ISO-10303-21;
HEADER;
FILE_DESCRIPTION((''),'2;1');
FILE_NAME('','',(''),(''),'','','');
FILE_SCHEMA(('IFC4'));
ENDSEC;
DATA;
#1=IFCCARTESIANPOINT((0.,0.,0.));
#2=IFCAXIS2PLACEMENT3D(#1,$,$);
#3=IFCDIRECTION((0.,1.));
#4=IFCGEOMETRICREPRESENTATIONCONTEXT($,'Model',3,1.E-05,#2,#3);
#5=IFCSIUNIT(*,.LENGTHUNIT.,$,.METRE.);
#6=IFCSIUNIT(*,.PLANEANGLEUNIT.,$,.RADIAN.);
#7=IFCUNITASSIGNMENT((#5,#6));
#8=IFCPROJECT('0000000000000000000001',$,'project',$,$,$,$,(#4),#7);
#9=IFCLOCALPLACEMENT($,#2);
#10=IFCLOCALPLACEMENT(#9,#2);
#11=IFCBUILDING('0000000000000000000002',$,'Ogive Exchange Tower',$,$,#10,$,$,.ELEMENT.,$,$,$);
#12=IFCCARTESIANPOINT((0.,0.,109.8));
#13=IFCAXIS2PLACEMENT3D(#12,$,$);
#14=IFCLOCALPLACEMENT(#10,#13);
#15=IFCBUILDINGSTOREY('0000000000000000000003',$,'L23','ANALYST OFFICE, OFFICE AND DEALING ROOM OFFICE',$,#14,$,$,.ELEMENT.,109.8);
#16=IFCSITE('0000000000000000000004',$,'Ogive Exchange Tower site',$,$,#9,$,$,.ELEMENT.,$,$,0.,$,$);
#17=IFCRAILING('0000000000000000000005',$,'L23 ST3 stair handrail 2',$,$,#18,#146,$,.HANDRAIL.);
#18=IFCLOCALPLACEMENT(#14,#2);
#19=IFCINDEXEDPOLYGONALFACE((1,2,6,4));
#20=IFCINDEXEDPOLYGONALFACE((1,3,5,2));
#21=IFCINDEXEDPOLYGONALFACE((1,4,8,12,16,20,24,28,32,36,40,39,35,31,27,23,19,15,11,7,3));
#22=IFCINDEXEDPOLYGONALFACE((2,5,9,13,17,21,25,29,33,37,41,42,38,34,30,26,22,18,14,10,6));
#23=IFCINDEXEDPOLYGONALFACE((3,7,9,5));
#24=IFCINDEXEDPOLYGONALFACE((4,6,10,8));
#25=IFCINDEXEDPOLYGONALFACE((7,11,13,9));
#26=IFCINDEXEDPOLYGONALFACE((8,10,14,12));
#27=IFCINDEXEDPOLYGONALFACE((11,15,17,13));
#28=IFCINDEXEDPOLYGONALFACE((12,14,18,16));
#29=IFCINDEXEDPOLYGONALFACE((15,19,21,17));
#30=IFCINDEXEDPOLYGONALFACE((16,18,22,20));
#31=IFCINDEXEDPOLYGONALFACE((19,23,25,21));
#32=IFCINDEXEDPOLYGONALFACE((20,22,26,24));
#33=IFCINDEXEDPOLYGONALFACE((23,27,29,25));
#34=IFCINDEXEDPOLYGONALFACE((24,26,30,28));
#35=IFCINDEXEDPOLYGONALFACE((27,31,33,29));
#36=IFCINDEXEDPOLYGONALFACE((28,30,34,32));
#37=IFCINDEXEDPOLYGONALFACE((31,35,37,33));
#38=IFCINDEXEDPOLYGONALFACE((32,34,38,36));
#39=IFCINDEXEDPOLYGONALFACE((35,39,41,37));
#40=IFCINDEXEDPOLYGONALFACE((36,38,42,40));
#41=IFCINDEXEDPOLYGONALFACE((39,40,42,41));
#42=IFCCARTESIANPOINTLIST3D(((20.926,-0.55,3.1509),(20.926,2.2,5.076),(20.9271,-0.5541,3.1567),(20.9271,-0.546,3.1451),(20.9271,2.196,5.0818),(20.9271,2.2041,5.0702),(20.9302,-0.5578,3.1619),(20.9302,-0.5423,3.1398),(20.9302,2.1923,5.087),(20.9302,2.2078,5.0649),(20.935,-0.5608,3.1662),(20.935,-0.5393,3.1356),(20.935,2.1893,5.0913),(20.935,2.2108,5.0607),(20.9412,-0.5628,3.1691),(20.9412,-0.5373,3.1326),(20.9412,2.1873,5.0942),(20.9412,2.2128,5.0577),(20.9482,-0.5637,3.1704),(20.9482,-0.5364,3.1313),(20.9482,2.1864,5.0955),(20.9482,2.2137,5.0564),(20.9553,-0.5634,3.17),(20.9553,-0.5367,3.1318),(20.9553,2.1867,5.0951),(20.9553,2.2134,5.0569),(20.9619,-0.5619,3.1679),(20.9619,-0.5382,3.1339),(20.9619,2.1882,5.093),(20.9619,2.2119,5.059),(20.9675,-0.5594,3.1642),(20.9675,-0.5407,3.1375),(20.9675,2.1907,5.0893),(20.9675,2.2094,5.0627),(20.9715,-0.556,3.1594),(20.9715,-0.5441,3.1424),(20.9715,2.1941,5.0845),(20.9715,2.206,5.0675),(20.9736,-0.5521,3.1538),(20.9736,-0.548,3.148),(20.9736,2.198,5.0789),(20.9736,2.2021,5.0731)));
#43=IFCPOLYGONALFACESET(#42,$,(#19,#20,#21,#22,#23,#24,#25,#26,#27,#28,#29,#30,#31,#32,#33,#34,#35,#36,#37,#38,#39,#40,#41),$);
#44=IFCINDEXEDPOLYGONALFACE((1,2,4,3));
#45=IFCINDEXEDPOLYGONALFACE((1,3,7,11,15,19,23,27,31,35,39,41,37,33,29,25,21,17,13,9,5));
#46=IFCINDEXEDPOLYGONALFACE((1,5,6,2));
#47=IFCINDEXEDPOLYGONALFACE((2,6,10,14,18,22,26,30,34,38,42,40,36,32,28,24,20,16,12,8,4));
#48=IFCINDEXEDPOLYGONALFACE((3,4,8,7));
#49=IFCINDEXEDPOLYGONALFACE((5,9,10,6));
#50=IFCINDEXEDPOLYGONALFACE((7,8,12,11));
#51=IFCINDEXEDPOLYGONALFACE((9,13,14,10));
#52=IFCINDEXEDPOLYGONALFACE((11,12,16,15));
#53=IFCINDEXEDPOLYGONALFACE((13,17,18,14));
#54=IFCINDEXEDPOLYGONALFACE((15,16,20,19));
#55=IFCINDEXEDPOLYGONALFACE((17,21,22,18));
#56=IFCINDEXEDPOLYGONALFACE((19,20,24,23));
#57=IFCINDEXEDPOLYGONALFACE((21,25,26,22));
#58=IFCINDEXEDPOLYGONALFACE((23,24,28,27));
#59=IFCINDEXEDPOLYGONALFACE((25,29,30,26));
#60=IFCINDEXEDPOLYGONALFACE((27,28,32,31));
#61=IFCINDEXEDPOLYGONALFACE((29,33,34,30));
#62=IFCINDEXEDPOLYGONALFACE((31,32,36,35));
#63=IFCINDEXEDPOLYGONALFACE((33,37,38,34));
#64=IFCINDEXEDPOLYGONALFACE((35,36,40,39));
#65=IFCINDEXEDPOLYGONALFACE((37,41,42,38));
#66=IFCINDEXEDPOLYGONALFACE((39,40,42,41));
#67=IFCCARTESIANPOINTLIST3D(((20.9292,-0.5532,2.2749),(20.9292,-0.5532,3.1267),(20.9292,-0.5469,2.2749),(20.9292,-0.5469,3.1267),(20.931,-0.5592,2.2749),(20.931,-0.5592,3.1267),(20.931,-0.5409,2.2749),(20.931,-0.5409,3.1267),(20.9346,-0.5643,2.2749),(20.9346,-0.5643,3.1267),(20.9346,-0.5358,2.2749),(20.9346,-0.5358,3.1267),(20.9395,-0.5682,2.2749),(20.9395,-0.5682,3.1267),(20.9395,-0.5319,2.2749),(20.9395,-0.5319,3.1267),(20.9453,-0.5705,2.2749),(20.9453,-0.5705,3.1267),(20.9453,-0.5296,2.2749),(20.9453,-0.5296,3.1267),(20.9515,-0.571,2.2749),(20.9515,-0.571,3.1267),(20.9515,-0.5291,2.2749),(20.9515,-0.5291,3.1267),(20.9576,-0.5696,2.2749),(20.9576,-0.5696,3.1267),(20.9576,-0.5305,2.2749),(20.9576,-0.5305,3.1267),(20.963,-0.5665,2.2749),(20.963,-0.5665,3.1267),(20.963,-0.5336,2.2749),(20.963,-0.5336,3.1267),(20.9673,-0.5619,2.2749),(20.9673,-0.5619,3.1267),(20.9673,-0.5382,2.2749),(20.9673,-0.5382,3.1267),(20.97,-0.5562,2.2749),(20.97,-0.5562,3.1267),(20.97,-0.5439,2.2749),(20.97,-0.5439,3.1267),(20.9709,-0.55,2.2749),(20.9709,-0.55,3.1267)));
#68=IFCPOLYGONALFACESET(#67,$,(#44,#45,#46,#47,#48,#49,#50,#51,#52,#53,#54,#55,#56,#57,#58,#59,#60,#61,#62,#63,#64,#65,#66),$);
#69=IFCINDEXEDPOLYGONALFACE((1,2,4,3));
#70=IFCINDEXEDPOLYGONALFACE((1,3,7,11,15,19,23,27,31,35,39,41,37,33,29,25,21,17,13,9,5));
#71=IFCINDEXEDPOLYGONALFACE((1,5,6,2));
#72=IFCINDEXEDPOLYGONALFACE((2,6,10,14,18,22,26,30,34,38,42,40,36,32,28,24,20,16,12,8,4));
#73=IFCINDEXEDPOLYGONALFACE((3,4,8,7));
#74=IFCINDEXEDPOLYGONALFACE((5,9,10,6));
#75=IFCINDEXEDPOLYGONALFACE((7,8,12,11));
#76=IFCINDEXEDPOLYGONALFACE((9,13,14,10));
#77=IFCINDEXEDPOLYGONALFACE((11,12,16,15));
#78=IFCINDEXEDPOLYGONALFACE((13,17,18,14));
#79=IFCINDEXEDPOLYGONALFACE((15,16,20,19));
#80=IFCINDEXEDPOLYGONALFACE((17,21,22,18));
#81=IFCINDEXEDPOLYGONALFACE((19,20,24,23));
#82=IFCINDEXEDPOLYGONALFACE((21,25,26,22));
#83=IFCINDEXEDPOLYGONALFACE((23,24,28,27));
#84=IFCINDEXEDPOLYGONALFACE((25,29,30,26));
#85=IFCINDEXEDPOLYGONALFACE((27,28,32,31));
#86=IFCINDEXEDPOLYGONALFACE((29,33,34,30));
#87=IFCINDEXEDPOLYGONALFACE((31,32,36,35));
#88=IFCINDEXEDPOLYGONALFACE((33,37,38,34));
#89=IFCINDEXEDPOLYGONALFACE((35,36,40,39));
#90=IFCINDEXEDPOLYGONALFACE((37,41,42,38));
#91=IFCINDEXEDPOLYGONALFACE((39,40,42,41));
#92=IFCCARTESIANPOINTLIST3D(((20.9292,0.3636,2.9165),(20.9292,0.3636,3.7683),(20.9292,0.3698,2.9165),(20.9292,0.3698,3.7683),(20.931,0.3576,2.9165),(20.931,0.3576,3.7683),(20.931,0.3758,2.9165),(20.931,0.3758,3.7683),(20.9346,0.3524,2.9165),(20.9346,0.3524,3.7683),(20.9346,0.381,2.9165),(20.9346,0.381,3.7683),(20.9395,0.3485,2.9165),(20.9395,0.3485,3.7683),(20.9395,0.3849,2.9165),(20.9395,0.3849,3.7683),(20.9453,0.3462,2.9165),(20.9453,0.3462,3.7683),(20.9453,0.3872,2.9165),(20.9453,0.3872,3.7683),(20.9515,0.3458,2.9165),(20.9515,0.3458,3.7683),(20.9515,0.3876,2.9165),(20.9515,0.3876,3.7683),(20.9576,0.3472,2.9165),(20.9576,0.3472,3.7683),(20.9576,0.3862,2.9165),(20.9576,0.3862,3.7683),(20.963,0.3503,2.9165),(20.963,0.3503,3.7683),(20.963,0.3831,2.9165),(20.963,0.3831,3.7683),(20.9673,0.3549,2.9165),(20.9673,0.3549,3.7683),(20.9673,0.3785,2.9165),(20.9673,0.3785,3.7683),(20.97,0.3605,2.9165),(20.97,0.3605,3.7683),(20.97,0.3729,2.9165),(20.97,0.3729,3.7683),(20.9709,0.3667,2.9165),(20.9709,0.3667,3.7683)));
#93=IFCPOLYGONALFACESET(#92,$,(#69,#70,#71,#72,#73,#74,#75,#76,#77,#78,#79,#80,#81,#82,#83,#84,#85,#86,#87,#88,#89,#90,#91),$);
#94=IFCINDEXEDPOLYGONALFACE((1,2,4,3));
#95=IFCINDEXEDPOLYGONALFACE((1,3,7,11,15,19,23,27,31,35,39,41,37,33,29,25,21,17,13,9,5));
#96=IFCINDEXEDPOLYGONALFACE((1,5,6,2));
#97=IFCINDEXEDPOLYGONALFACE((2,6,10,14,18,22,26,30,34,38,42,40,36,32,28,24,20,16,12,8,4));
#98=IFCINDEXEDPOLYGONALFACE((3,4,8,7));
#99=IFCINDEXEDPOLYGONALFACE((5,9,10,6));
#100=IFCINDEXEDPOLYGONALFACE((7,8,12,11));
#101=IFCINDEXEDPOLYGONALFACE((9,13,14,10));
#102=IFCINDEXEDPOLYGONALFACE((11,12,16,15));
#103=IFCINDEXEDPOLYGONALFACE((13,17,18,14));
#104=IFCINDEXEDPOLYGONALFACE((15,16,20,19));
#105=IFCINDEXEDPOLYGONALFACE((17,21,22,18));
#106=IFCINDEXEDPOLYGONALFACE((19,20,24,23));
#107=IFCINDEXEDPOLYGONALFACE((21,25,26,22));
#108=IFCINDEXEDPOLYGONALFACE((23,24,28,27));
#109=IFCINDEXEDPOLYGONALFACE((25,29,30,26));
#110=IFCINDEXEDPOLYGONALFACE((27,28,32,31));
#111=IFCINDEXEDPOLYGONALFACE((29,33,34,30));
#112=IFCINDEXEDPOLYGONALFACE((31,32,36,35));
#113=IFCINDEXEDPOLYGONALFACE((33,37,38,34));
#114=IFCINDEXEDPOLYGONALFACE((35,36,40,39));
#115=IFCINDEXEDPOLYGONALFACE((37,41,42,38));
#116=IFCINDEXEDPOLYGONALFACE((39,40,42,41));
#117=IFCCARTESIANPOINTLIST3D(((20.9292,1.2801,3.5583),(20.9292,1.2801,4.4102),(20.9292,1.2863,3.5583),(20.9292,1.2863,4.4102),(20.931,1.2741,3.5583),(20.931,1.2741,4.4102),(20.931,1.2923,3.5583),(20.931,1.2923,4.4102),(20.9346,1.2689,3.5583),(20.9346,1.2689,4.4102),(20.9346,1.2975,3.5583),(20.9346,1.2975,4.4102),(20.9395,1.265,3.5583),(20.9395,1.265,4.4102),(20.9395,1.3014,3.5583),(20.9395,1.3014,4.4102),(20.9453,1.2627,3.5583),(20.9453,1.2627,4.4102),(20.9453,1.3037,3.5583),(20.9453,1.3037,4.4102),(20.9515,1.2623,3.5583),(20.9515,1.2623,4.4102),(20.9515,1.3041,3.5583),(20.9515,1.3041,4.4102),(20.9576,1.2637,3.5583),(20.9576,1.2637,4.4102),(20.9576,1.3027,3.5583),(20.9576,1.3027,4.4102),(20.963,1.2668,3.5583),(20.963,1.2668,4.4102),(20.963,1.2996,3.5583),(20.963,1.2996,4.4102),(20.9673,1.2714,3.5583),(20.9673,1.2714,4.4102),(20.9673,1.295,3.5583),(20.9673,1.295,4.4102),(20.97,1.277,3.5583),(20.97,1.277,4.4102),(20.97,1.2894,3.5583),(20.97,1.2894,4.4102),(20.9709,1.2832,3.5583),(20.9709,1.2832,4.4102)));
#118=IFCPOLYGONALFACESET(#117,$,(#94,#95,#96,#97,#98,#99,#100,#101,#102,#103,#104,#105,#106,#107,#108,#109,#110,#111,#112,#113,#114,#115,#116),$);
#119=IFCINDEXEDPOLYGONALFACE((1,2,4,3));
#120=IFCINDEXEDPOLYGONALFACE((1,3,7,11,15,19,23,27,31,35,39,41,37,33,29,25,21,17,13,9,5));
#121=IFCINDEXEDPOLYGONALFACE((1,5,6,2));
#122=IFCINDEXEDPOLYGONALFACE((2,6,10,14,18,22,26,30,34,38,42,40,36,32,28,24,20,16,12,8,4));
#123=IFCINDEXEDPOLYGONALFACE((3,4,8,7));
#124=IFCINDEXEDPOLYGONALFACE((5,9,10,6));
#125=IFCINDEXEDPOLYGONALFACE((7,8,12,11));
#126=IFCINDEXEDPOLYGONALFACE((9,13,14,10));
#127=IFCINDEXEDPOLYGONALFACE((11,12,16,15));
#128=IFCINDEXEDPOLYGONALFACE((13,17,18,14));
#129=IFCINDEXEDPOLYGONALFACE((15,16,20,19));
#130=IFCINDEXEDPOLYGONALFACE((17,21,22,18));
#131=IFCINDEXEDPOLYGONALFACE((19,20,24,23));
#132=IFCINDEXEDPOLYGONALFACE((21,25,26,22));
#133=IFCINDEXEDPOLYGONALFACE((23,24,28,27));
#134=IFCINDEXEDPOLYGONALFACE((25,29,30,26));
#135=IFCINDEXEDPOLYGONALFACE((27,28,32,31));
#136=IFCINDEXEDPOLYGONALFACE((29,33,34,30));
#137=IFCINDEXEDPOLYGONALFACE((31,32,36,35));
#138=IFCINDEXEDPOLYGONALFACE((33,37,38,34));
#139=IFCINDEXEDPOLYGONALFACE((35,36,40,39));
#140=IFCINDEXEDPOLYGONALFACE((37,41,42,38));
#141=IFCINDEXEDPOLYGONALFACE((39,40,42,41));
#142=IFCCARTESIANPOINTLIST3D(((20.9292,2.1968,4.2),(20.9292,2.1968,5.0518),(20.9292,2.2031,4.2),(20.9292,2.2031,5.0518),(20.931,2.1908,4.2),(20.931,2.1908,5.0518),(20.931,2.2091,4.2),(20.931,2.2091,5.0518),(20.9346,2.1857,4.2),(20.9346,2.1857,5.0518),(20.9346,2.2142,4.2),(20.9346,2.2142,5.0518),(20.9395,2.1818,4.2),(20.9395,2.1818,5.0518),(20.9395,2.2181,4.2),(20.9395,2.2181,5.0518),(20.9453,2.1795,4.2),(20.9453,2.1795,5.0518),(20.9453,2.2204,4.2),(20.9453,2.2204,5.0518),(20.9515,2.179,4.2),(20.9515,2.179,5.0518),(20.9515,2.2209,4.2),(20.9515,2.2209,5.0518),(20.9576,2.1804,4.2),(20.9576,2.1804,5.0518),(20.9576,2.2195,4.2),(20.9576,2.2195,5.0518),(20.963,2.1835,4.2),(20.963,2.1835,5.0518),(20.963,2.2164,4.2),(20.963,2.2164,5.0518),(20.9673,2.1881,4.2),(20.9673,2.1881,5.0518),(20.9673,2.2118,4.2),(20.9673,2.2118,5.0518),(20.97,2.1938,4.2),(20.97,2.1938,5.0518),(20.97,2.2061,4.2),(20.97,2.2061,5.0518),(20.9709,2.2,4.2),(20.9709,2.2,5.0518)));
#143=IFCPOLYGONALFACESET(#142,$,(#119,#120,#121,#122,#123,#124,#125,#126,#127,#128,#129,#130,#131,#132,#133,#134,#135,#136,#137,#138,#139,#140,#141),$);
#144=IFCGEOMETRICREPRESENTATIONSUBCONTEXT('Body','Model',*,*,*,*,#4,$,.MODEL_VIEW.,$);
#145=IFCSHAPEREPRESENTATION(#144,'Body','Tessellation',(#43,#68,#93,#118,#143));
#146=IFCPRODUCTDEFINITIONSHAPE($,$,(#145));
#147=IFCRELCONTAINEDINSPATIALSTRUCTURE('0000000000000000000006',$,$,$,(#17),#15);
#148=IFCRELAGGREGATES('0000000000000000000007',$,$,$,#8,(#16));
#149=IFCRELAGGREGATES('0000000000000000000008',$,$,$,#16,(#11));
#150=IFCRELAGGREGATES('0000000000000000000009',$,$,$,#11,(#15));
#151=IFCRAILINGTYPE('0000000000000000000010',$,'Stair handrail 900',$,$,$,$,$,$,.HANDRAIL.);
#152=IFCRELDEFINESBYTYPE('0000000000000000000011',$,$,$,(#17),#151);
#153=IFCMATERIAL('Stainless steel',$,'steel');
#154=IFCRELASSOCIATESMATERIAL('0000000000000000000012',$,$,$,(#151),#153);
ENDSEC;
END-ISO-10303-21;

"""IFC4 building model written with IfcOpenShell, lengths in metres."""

from ifc_helpers import new_model, si_unit, direction, frame, origin, origin_2d, place, context, subcontext, project, spatial, circle, extrude, material, type_object, element, save


model = new_model("IFC4")

# Units and contexts
model_context = context("Model", 3, precision=1e-05, world=origin(), true_north=direction((0.0, 1.0)))
body_context = subcontext(model_context, "Body", "Model", "MODEL_VIEW")
ifc_project = project(units=[si_unit("LENGTHUNIT", "METRE"), si_unit("PLANEANGLEUNIT", "RADIAN")], contexts=[model_context])

# Site, building, storey
site_placement = place(None, origin())
site = spatial("IfcSite", under=ifc_project, at=site_placement, Name="Ogive Exchange Tower site", CompositionType="ELEMENT", RefElevation=0.0)
building_placement = place(site_placement, origin())
building = spatial("IfcBuilding", under=site, at=building_placement, Name="Ogive Exchange Tower", CompositionType="ELEMENT")
storey_placement = place(building_placement, frame((0.0, 0.0, 109.8)))
storey = spatial("IfcBuildingStorey", under=building, at=storey_placement, Name="L23", Description="ANALYST OFFICE, OFFICE AND DEALING ROOM OFFICE", CompositionType="ELEMENT", Elevation=109.8)

# Shared definitions
ifc_material_1 = material(Name="Stainless steel", Category="steel")

# Railing
railing_type = type_object("IfcRailingType", Name="Stair handrail 900", PredefinedType="HANDRAIL", material=ifc_material_1)
railing_1_placement = place(storey_placement, frame((20.95, -0.55, 2.2749)))
element("IfcRailing", 1, at=railing_1_placement, inside=storey, type_object=railing_type, Name="L23 ST3 stair handrail 2", PredefinedType="HANDRAIL", context=body_context, shape_type="SweptSolid", body=[
    extrude(circle(Radius=0.0239, at=origin_2d()), frame((0.0, 0.0, 0.876), z_axis=(0.0, 0.819225, 0.573472), x_axis=(-1.0, 0.0, 0.0)), (0.0, 0.0, 1.0), 3.3569),
    extrude(circle(Radius=0.021, at=origin_2d()), origin(), (0.0, 0.0, 1.0), 0.8518),
    extrude(circle(Radius=0.021, at=origin_2d()), frame((0.0, 0.9167, 0.6416)), (0.0, 0.0, 1.0), 0.8518),
    extrude(circle(Radius=0.021, at=origin_2d()), frame((0.0, 1.8333, 1.2834)), (0.0, 0.0, 1.0), 0.8518),
    extrude(circle(Radius=0.021, at=origin_2d()), frame((0.0, 2.75, 1.925)), (0.0, 0.0, 1.0), 0.8518),
])

save(model, "model.ifc")
